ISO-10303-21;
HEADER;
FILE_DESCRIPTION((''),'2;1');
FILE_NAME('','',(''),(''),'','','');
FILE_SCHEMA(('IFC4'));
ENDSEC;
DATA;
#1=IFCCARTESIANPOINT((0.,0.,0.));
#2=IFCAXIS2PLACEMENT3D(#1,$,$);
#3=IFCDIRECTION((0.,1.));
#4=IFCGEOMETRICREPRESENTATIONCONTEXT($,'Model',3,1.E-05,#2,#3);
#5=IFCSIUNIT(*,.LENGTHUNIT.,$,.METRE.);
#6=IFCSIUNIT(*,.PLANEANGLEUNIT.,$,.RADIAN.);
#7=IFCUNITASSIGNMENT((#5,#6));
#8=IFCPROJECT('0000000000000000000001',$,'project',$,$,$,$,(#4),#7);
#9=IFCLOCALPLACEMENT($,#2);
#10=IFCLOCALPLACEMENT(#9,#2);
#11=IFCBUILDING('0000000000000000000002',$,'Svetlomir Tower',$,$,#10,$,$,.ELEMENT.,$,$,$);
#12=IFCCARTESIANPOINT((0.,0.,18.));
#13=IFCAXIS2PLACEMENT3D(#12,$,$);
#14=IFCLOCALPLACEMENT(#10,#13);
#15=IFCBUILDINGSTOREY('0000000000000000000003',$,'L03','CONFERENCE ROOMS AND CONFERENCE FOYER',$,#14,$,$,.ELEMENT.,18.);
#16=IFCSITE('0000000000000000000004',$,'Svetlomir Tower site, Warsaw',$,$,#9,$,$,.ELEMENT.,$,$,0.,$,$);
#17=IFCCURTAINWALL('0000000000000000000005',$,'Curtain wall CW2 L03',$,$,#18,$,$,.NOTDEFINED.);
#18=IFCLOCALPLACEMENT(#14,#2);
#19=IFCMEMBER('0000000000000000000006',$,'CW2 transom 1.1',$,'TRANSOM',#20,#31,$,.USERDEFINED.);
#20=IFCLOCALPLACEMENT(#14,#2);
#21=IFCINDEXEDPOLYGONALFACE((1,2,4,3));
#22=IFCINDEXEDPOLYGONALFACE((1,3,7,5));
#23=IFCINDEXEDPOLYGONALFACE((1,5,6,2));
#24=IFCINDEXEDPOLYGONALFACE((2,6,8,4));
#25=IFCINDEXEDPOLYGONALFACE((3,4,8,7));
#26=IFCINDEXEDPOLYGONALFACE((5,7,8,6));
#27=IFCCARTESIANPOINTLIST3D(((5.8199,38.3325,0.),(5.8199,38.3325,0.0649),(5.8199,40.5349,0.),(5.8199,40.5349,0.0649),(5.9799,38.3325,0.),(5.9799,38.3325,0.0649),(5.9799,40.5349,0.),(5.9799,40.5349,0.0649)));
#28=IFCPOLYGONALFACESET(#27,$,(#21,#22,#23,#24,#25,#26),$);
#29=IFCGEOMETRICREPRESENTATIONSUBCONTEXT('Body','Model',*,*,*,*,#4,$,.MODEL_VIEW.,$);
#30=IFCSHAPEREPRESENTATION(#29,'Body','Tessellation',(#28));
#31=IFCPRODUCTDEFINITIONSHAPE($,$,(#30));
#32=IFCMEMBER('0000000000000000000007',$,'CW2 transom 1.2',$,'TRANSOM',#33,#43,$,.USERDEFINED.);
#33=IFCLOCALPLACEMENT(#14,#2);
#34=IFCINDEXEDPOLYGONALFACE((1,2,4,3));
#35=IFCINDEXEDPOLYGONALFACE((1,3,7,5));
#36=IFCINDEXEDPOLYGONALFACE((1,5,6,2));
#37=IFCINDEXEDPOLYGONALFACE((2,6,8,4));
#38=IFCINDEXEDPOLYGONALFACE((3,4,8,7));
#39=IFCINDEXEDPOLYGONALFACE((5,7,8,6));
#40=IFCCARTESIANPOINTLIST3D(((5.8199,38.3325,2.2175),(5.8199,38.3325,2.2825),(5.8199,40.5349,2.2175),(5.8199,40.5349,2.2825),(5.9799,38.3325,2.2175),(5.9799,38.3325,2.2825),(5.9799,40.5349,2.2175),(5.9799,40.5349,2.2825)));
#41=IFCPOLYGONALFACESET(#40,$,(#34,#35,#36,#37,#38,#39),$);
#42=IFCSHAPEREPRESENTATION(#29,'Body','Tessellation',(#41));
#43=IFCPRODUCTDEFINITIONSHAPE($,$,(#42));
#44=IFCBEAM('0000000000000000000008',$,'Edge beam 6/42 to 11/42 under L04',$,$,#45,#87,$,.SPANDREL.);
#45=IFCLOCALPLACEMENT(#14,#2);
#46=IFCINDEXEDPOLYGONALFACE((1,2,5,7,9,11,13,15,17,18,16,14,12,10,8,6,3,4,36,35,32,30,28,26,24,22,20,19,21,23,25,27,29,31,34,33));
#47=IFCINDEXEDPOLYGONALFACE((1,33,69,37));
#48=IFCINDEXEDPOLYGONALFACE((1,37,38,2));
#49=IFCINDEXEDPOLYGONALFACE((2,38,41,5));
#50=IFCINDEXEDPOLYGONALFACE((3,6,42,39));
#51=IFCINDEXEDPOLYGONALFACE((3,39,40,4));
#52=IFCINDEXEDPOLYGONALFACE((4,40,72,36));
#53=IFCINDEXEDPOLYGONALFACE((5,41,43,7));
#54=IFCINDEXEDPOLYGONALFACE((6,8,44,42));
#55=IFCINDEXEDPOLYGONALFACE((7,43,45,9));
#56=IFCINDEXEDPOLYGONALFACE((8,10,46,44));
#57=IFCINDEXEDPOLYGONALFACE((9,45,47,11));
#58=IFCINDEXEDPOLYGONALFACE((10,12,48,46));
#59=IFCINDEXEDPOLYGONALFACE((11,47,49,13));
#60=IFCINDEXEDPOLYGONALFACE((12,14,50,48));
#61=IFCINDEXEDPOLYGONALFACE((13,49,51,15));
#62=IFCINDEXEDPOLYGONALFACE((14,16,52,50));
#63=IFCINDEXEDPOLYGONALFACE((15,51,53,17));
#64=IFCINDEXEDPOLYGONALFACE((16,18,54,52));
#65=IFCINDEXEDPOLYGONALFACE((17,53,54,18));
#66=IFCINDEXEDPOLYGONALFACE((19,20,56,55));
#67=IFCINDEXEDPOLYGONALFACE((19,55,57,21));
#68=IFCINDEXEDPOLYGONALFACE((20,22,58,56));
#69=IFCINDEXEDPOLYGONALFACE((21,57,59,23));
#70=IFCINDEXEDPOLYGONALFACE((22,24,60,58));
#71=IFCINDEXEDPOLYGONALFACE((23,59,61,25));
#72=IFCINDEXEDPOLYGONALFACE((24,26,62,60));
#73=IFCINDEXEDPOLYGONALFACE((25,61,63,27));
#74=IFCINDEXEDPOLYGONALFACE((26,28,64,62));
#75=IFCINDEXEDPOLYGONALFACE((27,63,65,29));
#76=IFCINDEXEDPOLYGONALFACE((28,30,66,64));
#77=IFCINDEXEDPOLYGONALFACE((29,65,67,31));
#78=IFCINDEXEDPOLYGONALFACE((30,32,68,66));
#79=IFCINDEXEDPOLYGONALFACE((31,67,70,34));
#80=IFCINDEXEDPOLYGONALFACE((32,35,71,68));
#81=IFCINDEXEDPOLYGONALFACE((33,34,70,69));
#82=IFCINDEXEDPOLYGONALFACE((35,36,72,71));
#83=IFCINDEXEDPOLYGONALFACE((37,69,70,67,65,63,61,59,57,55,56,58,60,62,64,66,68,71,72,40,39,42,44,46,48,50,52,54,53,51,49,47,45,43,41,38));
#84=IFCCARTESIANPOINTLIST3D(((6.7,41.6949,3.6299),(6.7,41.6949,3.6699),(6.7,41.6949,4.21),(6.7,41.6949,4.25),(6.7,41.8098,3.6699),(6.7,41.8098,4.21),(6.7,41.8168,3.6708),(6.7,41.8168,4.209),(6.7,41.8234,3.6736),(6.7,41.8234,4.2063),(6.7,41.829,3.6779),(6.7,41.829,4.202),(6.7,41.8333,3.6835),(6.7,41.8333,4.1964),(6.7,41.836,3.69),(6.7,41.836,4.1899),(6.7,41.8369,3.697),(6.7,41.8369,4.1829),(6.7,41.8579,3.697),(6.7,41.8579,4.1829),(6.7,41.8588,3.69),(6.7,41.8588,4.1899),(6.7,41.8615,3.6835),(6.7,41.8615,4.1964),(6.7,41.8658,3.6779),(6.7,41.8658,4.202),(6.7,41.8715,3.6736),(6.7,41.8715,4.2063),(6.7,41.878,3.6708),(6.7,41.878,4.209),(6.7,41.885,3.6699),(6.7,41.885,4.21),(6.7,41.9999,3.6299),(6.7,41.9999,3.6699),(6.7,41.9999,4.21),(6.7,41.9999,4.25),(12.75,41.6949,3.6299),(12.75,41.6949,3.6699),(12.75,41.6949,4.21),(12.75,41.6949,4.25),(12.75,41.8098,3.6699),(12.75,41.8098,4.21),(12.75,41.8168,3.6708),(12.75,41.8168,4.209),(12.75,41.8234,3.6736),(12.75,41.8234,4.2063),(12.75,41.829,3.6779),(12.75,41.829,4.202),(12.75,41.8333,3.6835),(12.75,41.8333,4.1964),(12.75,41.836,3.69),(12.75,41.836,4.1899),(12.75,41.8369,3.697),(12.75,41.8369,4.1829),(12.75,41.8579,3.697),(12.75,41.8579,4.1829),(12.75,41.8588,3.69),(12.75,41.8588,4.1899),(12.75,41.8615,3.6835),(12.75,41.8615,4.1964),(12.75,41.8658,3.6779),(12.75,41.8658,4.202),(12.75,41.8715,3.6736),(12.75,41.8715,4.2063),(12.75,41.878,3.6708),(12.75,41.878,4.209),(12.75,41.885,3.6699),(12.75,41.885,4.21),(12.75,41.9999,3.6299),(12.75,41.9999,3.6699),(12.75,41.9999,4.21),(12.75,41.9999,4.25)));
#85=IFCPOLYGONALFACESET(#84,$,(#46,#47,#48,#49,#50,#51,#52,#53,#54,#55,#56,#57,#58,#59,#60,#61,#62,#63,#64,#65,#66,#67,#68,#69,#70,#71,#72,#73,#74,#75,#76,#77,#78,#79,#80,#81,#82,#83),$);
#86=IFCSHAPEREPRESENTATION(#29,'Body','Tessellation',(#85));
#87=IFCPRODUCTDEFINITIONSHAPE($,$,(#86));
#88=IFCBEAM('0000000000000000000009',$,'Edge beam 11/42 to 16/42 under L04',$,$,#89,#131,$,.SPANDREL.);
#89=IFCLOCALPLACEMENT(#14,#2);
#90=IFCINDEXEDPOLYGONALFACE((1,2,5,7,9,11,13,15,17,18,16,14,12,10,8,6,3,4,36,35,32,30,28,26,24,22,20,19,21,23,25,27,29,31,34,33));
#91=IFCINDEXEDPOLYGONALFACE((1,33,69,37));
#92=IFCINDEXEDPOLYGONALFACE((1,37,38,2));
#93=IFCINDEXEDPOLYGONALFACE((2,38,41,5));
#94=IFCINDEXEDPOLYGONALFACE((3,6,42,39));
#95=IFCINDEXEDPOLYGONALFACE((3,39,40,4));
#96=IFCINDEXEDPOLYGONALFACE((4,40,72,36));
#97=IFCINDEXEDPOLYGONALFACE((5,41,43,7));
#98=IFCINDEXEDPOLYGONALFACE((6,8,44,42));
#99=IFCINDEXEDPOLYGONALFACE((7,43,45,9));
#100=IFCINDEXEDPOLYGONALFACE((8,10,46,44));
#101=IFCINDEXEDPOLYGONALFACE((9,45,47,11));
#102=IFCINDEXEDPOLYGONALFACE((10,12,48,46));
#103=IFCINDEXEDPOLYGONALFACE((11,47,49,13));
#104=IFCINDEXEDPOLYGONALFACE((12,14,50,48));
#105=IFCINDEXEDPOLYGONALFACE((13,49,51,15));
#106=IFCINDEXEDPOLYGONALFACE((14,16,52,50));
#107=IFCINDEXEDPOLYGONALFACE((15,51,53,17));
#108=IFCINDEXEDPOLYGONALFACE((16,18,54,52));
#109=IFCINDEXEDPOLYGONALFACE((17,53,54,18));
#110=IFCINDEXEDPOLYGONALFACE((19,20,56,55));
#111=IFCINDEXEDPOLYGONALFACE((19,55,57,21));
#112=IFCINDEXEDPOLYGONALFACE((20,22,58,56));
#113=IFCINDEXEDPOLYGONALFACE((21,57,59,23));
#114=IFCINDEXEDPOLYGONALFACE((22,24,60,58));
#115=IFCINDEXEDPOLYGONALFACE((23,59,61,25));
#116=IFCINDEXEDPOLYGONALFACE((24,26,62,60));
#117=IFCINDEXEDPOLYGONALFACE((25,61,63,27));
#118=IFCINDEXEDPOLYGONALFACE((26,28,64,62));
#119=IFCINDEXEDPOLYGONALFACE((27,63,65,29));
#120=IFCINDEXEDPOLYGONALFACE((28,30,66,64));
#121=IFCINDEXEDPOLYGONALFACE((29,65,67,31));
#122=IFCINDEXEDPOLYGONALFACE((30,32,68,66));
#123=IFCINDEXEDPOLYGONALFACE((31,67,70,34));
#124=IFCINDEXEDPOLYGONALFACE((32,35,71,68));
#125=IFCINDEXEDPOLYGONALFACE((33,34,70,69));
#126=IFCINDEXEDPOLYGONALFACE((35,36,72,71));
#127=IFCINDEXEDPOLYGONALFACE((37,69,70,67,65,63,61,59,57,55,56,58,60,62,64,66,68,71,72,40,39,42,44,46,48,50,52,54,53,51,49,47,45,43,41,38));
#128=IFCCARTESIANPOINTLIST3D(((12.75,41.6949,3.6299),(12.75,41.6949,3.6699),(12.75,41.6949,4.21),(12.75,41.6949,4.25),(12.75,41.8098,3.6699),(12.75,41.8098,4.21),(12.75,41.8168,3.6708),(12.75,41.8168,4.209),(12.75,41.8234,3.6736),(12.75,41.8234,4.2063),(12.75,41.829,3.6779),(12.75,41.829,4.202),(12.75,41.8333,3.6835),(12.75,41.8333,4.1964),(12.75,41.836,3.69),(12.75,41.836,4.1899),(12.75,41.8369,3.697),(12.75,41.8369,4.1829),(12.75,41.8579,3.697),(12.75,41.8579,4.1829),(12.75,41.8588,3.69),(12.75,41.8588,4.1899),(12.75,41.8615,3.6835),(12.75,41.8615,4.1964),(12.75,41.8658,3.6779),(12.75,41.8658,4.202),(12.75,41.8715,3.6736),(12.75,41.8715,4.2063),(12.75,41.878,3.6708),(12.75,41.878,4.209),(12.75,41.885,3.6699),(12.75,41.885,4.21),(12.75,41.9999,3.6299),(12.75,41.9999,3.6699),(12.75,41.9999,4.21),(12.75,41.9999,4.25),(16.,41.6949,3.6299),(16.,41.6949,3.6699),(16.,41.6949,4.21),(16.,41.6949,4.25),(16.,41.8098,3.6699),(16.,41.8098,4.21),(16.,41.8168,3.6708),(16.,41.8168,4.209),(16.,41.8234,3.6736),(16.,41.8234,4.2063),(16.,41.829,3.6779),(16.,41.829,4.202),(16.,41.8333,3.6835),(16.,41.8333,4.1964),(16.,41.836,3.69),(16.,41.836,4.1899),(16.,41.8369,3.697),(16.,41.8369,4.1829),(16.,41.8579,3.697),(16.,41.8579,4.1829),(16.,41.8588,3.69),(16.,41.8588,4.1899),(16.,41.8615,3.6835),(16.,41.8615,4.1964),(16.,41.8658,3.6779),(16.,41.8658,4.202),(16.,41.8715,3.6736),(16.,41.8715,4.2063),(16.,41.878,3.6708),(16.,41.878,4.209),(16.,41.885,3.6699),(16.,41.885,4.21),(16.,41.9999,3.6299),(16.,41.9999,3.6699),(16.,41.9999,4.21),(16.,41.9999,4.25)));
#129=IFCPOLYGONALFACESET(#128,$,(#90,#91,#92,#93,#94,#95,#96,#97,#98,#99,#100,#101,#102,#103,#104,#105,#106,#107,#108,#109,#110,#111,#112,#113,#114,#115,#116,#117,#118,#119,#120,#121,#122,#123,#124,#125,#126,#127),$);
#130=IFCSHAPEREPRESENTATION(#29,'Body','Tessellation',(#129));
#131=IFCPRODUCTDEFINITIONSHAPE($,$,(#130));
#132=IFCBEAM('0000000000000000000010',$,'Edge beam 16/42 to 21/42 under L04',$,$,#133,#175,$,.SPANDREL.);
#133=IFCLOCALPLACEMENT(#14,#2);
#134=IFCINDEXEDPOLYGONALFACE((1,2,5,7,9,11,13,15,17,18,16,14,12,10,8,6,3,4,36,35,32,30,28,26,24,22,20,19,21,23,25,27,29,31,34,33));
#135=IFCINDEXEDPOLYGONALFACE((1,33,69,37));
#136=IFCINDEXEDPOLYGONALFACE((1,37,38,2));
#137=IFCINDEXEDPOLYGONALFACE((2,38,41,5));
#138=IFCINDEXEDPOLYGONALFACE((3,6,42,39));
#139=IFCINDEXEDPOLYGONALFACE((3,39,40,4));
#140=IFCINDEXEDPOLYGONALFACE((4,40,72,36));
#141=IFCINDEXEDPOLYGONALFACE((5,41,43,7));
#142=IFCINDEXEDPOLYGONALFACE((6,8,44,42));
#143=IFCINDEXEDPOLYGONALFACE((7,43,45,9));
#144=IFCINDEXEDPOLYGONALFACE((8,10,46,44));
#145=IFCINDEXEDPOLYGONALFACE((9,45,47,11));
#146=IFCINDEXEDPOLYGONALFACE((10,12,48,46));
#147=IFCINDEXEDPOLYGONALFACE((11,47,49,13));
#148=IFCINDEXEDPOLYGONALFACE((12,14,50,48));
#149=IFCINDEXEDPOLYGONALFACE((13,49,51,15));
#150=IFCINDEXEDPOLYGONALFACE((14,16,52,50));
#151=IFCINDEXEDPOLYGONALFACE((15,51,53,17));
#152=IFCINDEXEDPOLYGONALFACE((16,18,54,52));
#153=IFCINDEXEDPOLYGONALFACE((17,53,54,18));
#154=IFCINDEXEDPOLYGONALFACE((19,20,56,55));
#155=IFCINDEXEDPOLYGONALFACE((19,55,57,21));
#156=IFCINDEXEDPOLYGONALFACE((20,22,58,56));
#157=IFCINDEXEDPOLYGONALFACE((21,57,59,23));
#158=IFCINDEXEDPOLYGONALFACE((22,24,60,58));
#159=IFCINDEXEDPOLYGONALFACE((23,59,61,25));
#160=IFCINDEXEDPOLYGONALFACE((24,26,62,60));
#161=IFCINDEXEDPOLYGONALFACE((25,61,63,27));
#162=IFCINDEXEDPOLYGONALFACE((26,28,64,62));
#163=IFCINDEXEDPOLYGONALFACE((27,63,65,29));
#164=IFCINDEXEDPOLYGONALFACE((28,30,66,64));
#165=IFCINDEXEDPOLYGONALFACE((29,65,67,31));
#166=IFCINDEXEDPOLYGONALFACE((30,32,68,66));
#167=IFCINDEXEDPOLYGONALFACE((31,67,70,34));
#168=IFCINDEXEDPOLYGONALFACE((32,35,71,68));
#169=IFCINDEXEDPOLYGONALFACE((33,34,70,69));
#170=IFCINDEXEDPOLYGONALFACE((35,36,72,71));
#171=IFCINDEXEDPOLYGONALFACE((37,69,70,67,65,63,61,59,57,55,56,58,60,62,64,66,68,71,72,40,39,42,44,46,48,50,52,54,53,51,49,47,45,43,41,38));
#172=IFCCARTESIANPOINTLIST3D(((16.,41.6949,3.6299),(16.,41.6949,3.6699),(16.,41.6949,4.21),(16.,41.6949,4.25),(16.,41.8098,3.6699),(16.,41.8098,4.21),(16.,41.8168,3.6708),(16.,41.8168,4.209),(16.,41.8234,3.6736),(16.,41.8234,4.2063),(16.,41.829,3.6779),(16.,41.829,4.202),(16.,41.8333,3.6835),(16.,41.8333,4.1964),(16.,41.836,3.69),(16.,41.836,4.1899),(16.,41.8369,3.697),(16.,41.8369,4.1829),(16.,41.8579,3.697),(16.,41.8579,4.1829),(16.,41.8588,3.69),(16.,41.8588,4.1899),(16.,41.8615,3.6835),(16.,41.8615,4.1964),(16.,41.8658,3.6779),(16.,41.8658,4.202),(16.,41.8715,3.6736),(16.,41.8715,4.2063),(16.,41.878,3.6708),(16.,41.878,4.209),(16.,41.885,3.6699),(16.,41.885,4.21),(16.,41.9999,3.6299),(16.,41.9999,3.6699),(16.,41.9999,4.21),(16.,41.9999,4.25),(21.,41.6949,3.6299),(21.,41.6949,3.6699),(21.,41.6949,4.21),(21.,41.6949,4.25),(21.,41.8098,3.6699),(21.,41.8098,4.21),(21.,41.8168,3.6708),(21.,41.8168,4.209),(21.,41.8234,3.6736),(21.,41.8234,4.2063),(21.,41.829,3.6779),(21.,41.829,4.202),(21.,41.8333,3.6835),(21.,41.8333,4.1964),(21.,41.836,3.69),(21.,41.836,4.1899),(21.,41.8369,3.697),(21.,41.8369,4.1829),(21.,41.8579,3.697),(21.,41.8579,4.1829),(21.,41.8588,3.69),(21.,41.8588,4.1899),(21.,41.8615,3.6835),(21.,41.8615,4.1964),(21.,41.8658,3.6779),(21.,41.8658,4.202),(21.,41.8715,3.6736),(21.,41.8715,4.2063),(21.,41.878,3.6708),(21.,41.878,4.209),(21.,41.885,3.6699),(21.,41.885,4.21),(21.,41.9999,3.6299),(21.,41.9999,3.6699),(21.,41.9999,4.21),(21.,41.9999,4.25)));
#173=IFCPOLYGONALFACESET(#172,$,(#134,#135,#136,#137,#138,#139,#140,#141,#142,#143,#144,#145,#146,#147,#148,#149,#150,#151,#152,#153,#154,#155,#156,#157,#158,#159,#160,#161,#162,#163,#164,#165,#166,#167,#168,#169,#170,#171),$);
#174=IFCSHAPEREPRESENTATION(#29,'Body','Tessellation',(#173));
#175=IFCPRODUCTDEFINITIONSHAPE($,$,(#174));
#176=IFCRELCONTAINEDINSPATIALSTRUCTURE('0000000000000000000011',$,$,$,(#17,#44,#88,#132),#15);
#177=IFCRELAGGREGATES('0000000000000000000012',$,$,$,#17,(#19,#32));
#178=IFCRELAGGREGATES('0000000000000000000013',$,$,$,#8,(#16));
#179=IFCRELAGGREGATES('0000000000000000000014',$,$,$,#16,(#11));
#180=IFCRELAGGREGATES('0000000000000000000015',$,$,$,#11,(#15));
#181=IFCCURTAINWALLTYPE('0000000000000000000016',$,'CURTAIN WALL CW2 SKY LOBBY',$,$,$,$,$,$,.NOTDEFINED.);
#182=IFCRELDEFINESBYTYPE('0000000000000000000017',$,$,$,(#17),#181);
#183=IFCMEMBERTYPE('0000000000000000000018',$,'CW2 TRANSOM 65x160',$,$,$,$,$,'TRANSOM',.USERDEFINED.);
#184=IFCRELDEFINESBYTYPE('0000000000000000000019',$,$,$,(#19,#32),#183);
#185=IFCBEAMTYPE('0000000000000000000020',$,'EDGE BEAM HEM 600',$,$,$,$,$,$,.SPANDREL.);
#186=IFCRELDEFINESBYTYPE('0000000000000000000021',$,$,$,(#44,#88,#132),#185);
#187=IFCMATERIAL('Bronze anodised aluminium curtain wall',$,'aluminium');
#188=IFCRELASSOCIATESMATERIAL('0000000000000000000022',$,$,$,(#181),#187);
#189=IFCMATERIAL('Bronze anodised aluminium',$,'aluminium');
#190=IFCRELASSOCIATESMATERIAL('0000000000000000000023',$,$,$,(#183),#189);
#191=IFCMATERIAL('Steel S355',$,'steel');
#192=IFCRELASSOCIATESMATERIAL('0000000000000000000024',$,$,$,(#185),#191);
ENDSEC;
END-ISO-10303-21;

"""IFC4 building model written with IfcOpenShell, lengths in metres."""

from ifc_helpers import new_model, si_unit, direction, frame, origin, origin_2d, place, context, subcontext, project, spatial, rectangle, i_section, extrude, material, material_profile, profile_set, type_object, element, aggregate, save


model = new_model("IFC4")

# Units and contexts
model_context = context("Model", 3, precision=1e-05, world=origin(), true_north=direction((0.0, 1.0)))
body_context = subcontext(model_context, "Body", "Model", "MODEL_VIEW")
ifc_project = project(units=[si_unit("LENGTHUNIT", "METRE"), si_unit("PLANEANGLEUNIT", "RADIAN")], contexts=[model_context])

# Site, building, storey
site_placement = place(None, origin())
site = spatial("IfcSite", under=ifc_project, at=site_placement, Name="Svetlomir Tower site, Warsaw", CompositionType="ELEMENT", RefElevation=0.0)
building_placement = place(site_placement, origin())
building = spatial("IfcBuilding", under=site, at=building_placement, Name="Svetlomir Tower", CompositionType="ELEMENT")
storey_placement = place(building_placement, frame((0.0, 0.0, 18.0)))
storey = spatial("IfcBuildingStorey", under=building, at=storey_placement, Name="L03", Description="CONFERENCE ROOMS AND CONFERENCE FOYER", CompositionType="ELEMENT", Elevation=18.0)

# Shared definitions
ifc_material_1 = material(Name="Bronze anodised aluminium curtain wall", Category="aluminium")
curtain_wall_type = type_object("IfcCurtainWallType", Name="CURTAIN WALL CW2 SKY LOBBY", PredefinedType="NOTDEFINED", material=ifc_material_1)

# Curtain wall
curtain_wall_1_placement = place(storey_placement, origin())
curtain_wall_1 = element("IfcCurtainWall", 1, at=curtain_wall_1_placement, inside=storey, type_object=curtain_wall_type, Name="Curtain wall CW2 L03", PredefinedType="NOTDEFINED")

# Members
ifc_material_2 = material(Name="Bronze anodised aluminium", Category="aluminium")
ifc_material_profile_1 = material_profile(ifc_material_2, rectangle(XDim=0.1599, YDim=0.0649, at=origin_2d()), Name="AL 160x65")
ifc_profile_set_1 = profile_set([ifc_material_profile_1], Name="Bronze anodised aluminium 6063-T6")
member_type_1 = type_object("IfcMemberType", Name="CW2 TRANSOM 65x160", ElementType="TRANSOM", PredefinedType="USERDEFINED", material=ifc_profile_set_1)
member_1_placement = place(storey_placement, frame((5.8999, 40.5349, 0.0325), z_axis=(0.0, -1.0, 0.0), x_axis=(1.0, 0.0, 0.0)))
member_1 = element("IfcMember", 2, at=member_1_placement, type_object=member_type_1, Name="CW2 transom 1.1", ObjectType="TRANSOM", PredefinedType="USERDEFINED", context=body_context, shape_type="SweptSolid", body=[
    extrude(rectangle(XDim=0.1599, YDim=0.0649, at=origin_2d()), origin(), (0.0, 0.0, 1.0), 2.2024),
])
member_2_placement = place(storey_placement, frame((5.8999, 40.5349, 2.25), z_axis=(0.0, -1.0, 0.0), x_axis=(1.0, 0.0, 0.0)))
member_2 = element("IfcMember", 3, at=member_2_placement, type_object=member_type_1, Name="CW2 transom 1.2", ObjectType="TRANSOM", PredefinedType="USERDEFINED", context=body_context, shape_type="SweptSolid", body=[
    extrude(rectangle(XDim=0.1599, YDim=0.0649, at=origin_2d()), origin(), (0.0, 0.0, 1.0), 2.2024),
])

# Beams
ifc_material_3 = material(Name="Steel S355", Category="steel")
ifc_material_profile_2 = material_profile(ifc_material_3, i_section(OverallWidth=0.3049, OverallDepth=0.6201, WebThickness=0.021, FlangeThickness=0.04, FilletRadius=0.0271, at=origin_2d()), Name="HEM 600")
ifc_profile_set_2 = profile_set([ifc_material_profile_2], Name="Steel S355")
beam_type = type_object("IfcBeamType", Name="EDGE BEAM HEM 600", PredefinedType="SPANDREL", material=ifc_profile_set_2)
beam_1_placement = place(storey_placement, frame((6.7, 41.8474, 3.9399), z_axis=(1.0, 0.0, 0.0), x_axis=(0.0, 1.0, 0.0)))
element("IfcBeam", 4, at=beam_1_placement, inside=storey, type_object=beam_type, Name="Edge beam 6/42 to 11/42 under L04", PredefinedType="SPANDREL", context=body_context, shape_type="SweptSolid", body=[
    extrude(i_section(OverallWidth=0.3049, OverallDepth=0.6201, WebThickness=0.021, FlangeThickness=0.04, FilletRadius=0.0271, at=origin_2d()), origin(), (0.0, 0.0, 1.0), 6.05),
])
beam_2_placement = place(storey_placement, frame((12.75, 41.8474, 3.9399), z_axis=(1.0, 0.0, 0.0), x_axis=(0.0, 1.0, 0.0)))
element("IfcBeam", 5, at=beam_2_placement, inside=storey, type_object=beam_type, Name="Edge beam 11/42 to 16/42 under L04", PredefinedType="SPANDREL", context=body_context, shape_type="SweptSolid", body=[
    extrude(i_section(OverallWidth=0.3049, OverallDepth=0.6201, WebThickness=0.021, FlangeThickness=0.04, FilletRadius=0.0271, at=origin_2d()), origin(), (0.0, 0.0, 1.0), 3.25),
])
beam_3_placement = place(storey_placement, frame((16.0, 41.8474, 3.9399), z_axis=(1.0, 0.0, 0.0), x_axis=(0.0, 1.0, 0.0)))
element("IfcBeam", 6, at=beam_3_placement, inside=storey, type_object=beam_type, Name="Edge beam 16/42 to 21/42 under L04", PredefinedType="SPANDREL", context=body_context, shape_type="SweptSolid", body=[
    extrude(i_section(OverallWidth=0.3049, OverallDepth=0.6201, WebThickness=0.021, FlangeThickness=0.04, FilletRadius=0.0271, at=origin_2d()), origin(), (0.0, 0.0, 1.0), 5.0),
])

aggregate(curtain_wall_1, [member_1, member_2])

save(model, "model.ifc")
